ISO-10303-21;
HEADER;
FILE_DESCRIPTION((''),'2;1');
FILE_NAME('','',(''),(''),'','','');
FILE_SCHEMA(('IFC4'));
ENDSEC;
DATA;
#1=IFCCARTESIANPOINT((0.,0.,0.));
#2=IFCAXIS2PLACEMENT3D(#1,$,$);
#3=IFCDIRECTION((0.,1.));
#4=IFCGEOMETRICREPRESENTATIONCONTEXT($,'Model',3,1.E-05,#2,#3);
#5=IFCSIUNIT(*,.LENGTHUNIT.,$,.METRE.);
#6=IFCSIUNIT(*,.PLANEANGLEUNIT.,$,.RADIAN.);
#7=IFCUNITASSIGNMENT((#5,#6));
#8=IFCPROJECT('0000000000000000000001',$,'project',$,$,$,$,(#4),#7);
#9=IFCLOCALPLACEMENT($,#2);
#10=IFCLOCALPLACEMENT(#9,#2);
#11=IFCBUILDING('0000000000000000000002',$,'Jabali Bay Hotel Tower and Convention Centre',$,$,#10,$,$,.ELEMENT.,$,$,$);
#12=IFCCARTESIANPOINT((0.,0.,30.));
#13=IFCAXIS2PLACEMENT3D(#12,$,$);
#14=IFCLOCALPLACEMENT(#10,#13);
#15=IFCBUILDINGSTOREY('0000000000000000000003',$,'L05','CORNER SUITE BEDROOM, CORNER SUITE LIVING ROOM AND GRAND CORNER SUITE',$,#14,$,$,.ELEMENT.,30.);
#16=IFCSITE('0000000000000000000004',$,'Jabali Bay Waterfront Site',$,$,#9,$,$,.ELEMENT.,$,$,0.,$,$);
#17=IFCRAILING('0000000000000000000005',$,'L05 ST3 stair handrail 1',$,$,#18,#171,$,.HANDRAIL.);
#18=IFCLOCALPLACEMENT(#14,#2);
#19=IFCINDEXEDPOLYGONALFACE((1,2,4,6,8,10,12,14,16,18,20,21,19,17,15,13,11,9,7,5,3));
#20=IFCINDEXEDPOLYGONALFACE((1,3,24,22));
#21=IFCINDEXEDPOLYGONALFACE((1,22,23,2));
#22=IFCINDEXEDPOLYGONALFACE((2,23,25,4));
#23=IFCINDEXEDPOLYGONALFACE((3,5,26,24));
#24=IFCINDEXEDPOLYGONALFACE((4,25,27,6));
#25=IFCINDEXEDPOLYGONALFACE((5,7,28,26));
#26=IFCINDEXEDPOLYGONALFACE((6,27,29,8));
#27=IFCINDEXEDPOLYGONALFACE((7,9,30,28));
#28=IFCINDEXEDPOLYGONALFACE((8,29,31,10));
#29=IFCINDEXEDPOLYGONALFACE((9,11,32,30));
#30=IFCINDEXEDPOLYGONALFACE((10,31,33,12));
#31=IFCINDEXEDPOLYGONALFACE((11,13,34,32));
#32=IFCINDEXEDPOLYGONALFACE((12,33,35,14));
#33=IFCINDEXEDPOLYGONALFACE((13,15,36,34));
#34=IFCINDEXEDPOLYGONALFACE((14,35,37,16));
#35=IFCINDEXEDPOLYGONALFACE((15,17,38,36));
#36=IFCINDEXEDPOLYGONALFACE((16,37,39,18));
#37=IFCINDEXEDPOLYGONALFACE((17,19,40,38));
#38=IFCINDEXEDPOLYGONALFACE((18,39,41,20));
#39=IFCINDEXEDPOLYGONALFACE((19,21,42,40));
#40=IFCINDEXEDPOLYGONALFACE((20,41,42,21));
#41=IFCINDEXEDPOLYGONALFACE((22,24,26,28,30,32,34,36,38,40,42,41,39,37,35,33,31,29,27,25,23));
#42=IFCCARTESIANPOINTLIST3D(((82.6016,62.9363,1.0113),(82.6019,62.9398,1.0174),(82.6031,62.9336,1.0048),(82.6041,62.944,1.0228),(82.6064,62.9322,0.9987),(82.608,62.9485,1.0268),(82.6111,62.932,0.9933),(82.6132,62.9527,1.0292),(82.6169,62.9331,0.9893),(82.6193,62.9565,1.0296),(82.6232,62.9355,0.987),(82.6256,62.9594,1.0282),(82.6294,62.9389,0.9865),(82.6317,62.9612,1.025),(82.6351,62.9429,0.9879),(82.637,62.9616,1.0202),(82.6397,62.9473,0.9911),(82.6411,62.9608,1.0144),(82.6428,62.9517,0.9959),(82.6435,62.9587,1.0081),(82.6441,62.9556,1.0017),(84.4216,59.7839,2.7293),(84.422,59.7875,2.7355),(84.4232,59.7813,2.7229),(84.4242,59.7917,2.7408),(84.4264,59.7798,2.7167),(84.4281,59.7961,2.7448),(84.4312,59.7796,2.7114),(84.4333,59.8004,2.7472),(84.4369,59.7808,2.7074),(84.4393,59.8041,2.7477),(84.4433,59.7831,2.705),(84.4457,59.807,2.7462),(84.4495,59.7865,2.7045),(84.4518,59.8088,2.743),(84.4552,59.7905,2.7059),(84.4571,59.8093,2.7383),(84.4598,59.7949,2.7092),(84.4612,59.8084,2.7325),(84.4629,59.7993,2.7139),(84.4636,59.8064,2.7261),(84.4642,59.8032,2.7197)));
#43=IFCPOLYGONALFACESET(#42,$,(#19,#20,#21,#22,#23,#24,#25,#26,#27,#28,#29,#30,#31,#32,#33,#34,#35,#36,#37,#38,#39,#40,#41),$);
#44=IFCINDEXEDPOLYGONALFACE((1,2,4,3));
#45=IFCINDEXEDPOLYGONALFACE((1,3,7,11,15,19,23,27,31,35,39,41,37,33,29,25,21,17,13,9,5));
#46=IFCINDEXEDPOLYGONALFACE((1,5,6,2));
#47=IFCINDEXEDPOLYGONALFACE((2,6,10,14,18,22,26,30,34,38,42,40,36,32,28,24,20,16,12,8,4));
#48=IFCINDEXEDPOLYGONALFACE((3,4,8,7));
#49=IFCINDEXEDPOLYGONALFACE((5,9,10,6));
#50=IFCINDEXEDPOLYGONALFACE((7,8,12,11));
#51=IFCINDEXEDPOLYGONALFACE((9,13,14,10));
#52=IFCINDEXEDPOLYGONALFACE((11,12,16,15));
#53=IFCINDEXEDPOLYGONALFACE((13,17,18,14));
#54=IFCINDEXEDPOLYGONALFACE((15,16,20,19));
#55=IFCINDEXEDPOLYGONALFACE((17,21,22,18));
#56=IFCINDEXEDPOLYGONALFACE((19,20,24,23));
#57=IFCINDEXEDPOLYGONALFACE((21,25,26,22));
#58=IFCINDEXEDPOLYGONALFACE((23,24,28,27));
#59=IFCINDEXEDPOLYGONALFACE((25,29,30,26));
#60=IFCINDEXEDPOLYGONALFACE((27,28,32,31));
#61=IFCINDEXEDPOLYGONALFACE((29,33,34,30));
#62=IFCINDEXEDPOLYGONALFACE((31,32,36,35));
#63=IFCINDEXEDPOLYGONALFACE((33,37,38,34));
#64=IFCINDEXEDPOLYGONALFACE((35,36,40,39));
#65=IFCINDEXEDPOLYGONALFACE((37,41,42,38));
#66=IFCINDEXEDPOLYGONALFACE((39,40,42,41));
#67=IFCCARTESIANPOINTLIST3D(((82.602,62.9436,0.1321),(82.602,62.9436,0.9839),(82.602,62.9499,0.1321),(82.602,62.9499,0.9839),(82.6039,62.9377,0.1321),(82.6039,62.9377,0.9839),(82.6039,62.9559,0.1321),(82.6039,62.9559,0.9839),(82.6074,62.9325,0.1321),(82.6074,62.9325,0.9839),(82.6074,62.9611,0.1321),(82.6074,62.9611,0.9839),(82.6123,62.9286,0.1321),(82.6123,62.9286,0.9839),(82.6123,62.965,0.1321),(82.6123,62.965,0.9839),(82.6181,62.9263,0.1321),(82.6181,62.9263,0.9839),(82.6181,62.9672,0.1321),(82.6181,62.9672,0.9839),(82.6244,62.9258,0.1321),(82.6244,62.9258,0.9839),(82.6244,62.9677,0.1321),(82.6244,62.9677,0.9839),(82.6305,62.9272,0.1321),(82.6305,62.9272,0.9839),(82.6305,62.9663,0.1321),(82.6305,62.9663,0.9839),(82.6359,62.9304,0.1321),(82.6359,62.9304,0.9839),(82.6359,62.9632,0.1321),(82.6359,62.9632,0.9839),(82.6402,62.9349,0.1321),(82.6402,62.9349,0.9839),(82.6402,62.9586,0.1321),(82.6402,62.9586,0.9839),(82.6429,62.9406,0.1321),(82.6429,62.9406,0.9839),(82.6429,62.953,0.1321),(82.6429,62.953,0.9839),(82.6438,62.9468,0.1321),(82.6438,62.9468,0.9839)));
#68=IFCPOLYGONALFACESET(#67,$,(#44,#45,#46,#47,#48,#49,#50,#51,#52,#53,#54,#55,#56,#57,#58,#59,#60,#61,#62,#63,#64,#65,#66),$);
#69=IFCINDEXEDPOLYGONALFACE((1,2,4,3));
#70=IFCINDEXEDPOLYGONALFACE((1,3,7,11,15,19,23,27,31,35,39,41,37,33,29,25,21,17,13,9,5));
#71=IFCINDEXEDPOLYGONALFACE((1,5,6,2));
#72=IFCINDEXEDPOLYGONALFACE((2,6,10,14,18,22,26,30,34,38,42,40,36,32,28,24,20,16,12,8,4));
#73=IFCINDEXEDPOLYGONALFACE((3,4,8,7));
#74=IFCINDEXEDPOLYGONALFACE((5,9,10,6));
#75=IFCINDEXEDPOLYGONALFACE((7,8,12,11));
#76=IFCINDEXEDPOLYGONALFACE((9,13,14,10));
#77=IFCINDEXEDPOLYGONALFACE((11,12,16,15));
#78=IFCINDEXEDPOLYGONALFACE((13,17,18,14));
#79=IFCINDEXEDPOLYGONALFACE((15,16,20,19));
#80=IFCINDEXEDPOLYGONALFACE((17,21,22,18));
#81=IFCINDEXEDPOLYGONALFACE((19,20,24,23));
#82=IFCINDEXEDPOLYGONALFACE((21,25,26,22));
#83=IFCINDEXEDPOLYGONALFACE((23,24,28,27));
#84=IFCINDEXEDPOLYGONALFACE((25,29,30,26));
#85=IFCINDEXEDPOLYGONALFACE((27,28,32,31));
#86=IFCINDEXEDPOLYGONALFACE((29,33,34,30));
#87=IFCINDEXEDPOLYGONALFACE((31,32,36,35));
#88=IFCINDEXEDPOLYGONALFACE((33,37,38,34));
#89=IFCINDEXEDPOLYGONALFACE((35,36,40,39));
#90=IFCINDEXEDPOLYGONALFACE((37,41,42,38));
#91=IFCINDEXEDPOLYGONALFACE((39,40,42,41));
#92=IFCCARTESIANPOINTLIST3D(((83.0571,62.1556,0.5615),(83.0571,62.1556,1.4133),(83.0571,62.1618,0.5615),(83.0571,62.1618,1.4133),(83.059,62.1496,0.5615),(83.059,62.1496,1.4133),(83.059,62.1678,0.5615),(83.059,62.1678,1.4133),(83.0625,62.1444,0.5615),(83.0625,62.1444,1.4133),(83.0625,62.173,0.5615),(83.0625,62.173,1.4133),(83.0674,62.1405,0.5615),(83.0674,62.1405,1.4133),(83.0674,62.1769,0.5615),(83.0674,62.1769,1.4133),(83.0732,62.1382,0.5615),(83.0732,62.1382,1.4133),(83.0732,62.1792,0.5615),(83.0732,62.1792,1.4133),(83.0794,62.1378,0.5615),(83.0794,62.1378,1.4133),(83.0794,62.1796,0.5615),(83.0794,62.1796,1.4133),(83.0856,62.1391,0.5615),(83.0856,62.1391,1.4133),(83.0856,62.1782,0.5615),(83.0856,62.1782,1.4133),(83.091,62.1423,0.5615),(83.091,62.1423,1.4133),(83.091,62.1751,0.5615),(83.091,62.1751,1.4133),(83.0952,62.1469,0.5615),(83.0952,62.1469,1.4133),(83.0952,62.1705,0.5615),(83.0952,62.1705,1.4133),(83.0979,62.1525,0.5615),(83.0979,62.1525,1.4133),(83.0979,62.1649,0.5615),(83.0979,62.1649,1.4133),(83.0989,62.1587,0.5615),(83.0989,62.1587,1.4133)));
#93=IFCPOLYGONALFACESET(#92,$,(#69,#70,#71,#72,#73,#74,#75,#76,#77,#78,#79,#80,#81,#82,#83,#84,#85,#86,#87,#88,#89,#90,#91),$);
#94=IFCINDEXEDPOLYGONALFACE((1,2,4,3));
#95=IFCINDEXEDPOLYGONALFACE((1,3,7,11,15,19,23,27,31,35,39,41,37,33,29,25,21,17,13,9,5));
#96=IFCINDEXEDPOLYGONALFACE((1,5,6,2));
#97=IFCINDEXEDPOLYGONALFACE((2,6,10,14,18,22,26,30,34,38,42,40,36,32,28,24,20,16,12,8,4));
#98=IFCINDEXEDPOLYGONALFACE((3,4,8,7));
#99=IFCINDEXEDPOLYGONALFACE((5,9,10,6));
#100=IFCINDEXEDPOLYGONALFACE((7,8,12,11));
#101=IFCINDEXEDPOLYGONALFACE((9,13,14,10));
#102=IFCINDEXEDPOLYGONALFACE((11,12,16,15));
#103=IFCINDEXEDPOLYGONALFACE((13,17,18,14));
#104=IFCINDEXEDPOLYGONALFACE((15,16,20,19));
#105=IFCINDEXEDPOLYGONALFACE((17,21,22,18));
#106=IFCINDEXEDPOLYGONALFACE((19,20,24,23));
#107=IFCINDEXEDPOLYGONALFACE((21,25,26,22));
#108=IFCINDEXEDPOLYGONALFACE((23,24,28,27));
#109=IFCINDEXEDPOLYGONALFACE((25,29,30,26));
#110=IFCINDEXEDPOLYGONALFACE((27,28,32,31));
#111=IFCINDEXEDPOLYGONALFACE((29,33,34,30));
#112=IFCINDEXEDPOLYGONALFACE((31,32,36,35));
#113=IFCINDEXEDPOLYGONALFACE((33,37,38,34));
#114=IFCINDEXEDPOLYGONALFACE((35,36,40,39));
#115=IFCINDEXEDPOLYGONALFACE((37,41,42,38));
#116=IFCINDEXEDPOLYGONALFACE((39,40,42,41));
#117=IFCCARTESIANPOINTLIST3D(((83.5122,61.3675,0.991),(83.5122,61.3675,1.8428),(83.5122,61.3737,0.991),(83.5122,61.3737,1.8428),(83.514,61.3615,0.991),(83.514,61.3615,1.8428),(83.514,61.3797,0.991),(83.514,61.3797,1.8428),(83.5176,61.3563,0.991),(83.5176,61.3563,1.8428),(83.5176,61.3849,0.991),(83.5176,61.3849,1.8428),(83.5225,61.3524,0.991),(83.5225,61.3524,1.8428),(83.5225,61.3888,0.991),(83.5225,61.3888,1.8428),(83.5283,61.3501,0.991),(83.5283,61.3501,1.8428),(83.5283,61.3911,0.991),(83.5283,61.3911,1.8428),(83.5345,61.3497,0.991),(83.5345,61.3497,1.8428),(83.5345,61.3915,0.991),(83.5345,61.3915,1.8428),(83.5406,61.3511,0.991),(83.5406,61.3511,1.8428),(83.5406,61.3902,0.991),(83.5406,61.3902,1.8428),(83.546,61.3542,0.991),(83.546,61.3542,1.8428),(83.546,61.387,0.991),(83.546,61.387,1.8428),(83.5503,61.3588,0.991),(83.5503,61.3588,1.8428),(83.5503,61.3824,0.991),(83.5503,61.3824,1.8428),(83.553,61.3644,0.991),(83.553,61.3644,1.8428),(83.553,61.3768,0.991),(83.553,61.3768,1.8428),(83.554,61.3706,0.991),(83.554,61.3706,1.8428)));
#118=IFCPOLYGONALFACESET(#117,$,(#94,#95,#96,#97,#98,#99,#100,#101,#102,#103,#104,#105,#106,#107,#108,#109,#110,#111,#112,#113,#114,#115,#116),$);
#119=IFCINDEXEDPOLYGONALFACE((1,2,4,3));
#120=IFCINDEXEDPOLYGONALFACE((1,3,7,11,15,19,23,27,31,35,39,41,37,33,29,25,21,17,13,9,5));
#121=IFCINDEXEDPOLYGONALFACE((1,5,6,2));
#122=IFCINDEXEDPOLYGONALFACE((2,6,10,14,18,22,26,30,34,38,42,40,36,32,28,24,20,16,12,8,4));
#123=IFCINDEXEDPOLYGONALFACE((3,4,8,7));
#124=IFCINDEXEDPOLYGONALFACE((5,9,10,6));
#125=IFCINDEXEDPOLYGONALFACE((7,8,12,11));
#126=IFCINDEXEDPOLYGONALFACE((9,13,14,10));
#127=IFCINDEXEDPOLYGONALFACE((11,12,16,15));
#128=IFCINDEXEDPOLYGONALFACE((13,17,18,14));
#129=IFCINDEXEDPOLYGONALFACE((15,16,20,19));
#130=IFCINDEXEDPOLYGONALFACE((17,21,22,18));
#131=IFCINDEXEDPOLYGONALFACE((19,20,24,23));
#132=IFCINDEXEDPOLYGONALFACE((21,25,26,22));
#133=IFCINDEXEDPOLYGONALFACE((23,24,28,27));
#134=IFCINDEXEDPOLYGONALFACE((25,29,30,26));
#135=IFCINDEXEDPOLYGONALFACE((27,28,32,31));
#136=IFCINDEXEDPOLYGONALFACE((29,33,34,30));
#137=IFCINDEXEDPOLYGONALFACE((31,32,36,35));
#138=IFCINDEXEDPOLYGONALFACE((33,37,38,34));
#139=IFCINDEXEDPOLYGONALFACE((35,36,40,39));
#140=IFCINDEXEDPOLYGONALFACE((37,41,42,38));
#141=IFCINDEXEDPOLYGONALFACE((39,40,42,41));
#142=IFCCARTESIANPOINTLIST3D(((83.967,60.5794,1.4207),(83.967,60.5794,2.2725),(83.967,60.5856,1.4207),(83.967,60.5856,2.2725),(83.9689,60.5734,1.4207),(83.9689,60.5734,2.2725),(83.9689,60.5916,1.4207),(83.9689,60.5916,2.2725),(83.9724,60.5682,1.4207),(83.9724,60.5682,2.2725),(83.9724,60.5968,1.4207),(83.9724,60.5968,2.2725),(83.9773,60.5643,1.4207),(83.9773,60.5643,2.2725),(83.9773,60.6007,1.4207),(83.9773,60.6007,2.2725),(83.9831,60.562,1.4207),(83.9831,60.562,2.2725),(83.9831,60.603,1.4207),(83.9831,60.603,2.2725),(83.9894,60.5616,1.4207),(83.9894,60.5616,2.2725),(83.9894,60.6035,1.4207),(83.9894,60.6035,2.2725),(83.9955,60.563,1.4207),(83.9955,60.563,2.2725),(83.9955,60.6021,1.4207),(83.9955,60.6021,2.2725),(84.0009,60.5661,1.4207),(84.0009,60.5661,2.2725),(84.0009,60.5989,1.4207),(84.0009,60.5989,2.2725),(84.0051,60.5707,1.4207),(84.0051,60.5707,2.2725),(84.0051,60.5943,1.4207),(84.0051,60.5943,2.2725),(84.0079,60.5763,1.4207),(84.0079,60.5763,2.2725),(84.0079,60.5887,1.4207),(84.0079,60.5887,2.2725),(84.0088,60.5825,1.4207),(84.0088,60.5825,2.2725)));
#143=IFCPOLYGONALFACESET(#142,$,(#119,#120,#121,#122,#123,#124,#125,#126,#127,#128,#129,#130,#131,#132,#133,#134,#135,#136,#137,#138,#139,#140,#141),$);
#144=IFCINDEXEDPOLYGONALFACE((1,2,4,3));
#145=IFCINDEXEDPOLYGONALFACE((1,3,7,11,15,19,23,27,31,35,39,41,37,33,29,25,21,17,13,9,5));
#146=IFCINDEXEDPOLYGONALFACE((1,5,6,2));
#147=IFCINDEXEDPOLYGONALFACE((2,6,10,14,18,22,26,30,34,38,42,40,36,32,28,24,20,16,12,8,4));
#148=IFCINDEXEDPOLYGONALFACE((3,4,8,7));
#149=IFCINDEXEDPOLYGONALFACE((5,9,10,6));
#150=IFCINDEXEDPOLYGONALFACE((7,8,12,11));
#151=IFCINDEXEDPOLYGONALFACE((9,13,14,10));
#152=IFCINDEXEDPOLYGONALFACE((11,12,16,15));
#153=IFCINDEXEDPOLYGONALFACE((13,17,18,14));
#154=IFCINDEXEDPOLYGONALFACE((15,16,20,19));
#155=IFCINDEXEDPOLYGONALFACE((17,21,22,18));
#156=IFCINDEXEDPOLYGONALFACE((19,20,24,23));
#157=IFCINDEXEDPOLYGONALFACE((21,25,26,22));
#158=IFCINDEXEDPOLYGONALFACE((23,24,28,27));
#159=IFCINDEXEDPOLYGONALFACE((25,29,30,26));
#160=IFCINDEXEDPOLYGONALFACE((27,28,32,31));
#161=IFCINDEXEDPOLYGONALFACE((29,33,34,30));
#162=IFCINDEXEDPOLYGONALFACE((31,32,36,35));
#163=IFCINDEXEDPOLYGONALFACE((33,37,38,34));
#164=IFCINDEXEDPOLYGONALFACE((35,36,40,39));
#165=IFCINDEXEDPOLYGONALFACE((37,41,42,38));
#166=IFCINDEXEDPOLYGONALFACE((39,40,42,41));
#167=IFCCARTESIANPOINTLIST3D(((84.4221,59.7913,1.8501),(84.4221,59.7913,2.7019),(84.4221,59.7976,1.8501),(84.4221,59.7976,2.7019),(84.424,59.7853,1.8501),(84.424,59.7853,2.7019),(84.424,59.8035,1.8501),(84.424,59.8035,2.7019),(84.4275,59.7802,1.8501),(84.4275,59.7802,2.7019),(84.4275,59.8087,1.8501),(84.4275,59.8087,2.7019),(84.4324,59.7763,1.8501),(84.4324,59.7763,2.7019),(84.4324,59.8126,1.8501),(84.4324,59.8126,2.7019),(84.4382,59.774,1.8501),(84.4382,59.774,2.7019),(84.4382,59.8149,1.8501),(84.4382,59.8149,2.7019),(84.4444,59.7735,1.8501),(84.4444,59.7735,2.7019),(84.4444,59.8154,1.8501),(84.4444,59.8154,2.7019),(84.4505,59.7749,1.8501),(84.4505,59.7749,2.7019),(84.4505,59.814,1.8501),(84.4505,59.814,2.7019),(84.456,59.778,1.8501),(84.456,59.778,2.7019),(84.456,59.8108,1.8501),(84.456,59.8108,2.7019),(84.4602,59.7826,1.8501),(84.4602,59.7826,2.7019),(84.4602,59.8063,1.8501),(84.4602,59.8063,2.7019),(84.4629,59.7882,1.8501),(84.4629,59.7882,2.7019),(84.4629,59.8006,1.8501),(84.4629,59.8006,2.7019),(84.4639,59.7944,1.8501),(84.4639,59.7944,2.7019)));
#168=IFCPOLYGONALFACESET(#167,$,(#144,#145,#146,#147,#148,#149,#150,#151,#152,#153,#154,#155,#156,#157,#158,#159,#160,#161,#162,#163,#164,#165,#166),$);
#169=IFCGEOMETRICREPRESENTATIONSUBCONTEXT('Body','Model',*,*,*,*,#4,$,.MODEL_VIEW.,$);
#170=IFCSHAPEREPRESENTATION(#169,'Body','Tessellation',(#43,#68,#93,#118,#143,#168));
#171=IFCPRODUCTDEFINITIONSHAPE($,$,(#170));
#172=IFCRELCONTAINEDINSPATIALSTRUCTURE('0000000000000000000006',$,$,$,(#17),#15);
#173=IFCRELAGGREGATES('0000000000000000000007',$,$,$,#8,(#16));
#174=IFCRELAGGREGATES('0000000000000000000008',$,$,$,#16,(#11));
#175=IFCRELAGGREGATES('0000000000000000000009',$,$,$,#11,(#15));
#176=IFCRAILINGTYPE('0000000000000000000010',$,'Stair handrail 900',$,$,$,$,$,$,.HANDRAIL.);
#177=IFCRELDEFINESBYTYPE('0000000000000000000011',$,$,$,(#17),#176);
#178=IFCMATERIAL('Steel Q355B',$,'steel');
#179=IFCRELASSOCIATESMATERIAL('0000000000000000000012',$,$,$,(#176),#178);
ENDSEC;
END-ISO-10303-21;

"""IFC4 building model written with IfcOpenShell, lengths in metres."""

from ifc_helpers import new_model, si_unit, direction, frame, origin, origin_2d, place, context, subcontext, project, spatial, circle, extrude, material, type_object, element, save


model = new_model("IFC4")

# Units and contexts
model_context = context("Model", 3, precision=1e-05, world=origin(), true_north=direction((0.0, 1.0)))
body_context = subcontext(model_context, "Body", "Model", "MODEL_VIEW")
ifc_project = project(units=[si_unit("LENGTHUNIT", "METRE"), si_unit("PLANEANGLEUNIT", "RADIAN")], contexts=[model_context])

# Site, building, storey
site_placement = place(None, origin())
site = spatial("IfcSite", under=ifc_project, at=site_placement, Name="Jabali Bay Waterfront Site", CompositionType="ELEMENT", RefElevation=0.0)
building_placement = place(site_placement, origin())
building = spatial("IfcBuilding", under=site, at=building_placement, Name="Jabali Bay Hotel Tower and Convention Centre", CompositionType="ELEMENT")
storey_placement = place(building_placement, frame((0.0, 0.0, 30.0)))
storey = spatial("IfcBuildingStorey", under=building, at=storey_placement, Name="L05", Description="CORNER SUITE BEDROOM, CORNER SUITE LIVING ROOM AND GRAND CORNER SUITE", CompositionType="ELEMENT", Elevation=30.0)

# Railing
ifc_material_1 = material(Name="Steel Q355B", Category="steel")
railing_type_1 = type_object("IfcRailingType", Name="Stair handrail 900", PredefinedType="HANDRAIL", material=ifc_material_1)
railing_1_placement = place(storey_placement, frame((82.6228, 62.9468, 0.1321)))
element("IfcRailing", 1, at=railing_1_placement, inside=storey, type_object=railing_type_1, Name="L05 ST3 stair handrail 1", PredefinedType="HANDRAIL", context=body_context, shape_type="SweptSolid", body=[
    extrude(circle(Radius=0.0239, at=origin_2d()), frame((0.0, 0.0, 0.876), z_axis=(0.452179, -0.78317, 0.426825), x_axis=(0.866018, 0.500013, 0.0)), (0.0, 0.0, 1.0), 4.0251),
    extrude(circle(Radius=0.021, at=origin_2d()), origin(), (0.0, 0.0, 1.0), 0.8518),
    extrude(circle(Radius=0.021, at=origin_2d()), frame((0.4551, -0.7881, 0.4294)), (0.0, 0.0, 1.0), 0.8518),
    extrude(circle(Radius=0.021, at=origin_2d()), frame((0.9102, -1.5762, 0.8589)), (0.0, 0.0, 1.0), 0.8518),
    extrude(circle(Radius=0.021, at=origin_2d()), frame((1.365, -2.3643, 1.2886)), (0.0, 0.0, 1.0), 0.8518),
    extrude(circle(Radius=0.021, at=origin_2d()), frame((1.8201, -3.1523, 1.718)), (0.0, 0.0, 1.0), 0.8518),
])

save(model, "model.ifc")
